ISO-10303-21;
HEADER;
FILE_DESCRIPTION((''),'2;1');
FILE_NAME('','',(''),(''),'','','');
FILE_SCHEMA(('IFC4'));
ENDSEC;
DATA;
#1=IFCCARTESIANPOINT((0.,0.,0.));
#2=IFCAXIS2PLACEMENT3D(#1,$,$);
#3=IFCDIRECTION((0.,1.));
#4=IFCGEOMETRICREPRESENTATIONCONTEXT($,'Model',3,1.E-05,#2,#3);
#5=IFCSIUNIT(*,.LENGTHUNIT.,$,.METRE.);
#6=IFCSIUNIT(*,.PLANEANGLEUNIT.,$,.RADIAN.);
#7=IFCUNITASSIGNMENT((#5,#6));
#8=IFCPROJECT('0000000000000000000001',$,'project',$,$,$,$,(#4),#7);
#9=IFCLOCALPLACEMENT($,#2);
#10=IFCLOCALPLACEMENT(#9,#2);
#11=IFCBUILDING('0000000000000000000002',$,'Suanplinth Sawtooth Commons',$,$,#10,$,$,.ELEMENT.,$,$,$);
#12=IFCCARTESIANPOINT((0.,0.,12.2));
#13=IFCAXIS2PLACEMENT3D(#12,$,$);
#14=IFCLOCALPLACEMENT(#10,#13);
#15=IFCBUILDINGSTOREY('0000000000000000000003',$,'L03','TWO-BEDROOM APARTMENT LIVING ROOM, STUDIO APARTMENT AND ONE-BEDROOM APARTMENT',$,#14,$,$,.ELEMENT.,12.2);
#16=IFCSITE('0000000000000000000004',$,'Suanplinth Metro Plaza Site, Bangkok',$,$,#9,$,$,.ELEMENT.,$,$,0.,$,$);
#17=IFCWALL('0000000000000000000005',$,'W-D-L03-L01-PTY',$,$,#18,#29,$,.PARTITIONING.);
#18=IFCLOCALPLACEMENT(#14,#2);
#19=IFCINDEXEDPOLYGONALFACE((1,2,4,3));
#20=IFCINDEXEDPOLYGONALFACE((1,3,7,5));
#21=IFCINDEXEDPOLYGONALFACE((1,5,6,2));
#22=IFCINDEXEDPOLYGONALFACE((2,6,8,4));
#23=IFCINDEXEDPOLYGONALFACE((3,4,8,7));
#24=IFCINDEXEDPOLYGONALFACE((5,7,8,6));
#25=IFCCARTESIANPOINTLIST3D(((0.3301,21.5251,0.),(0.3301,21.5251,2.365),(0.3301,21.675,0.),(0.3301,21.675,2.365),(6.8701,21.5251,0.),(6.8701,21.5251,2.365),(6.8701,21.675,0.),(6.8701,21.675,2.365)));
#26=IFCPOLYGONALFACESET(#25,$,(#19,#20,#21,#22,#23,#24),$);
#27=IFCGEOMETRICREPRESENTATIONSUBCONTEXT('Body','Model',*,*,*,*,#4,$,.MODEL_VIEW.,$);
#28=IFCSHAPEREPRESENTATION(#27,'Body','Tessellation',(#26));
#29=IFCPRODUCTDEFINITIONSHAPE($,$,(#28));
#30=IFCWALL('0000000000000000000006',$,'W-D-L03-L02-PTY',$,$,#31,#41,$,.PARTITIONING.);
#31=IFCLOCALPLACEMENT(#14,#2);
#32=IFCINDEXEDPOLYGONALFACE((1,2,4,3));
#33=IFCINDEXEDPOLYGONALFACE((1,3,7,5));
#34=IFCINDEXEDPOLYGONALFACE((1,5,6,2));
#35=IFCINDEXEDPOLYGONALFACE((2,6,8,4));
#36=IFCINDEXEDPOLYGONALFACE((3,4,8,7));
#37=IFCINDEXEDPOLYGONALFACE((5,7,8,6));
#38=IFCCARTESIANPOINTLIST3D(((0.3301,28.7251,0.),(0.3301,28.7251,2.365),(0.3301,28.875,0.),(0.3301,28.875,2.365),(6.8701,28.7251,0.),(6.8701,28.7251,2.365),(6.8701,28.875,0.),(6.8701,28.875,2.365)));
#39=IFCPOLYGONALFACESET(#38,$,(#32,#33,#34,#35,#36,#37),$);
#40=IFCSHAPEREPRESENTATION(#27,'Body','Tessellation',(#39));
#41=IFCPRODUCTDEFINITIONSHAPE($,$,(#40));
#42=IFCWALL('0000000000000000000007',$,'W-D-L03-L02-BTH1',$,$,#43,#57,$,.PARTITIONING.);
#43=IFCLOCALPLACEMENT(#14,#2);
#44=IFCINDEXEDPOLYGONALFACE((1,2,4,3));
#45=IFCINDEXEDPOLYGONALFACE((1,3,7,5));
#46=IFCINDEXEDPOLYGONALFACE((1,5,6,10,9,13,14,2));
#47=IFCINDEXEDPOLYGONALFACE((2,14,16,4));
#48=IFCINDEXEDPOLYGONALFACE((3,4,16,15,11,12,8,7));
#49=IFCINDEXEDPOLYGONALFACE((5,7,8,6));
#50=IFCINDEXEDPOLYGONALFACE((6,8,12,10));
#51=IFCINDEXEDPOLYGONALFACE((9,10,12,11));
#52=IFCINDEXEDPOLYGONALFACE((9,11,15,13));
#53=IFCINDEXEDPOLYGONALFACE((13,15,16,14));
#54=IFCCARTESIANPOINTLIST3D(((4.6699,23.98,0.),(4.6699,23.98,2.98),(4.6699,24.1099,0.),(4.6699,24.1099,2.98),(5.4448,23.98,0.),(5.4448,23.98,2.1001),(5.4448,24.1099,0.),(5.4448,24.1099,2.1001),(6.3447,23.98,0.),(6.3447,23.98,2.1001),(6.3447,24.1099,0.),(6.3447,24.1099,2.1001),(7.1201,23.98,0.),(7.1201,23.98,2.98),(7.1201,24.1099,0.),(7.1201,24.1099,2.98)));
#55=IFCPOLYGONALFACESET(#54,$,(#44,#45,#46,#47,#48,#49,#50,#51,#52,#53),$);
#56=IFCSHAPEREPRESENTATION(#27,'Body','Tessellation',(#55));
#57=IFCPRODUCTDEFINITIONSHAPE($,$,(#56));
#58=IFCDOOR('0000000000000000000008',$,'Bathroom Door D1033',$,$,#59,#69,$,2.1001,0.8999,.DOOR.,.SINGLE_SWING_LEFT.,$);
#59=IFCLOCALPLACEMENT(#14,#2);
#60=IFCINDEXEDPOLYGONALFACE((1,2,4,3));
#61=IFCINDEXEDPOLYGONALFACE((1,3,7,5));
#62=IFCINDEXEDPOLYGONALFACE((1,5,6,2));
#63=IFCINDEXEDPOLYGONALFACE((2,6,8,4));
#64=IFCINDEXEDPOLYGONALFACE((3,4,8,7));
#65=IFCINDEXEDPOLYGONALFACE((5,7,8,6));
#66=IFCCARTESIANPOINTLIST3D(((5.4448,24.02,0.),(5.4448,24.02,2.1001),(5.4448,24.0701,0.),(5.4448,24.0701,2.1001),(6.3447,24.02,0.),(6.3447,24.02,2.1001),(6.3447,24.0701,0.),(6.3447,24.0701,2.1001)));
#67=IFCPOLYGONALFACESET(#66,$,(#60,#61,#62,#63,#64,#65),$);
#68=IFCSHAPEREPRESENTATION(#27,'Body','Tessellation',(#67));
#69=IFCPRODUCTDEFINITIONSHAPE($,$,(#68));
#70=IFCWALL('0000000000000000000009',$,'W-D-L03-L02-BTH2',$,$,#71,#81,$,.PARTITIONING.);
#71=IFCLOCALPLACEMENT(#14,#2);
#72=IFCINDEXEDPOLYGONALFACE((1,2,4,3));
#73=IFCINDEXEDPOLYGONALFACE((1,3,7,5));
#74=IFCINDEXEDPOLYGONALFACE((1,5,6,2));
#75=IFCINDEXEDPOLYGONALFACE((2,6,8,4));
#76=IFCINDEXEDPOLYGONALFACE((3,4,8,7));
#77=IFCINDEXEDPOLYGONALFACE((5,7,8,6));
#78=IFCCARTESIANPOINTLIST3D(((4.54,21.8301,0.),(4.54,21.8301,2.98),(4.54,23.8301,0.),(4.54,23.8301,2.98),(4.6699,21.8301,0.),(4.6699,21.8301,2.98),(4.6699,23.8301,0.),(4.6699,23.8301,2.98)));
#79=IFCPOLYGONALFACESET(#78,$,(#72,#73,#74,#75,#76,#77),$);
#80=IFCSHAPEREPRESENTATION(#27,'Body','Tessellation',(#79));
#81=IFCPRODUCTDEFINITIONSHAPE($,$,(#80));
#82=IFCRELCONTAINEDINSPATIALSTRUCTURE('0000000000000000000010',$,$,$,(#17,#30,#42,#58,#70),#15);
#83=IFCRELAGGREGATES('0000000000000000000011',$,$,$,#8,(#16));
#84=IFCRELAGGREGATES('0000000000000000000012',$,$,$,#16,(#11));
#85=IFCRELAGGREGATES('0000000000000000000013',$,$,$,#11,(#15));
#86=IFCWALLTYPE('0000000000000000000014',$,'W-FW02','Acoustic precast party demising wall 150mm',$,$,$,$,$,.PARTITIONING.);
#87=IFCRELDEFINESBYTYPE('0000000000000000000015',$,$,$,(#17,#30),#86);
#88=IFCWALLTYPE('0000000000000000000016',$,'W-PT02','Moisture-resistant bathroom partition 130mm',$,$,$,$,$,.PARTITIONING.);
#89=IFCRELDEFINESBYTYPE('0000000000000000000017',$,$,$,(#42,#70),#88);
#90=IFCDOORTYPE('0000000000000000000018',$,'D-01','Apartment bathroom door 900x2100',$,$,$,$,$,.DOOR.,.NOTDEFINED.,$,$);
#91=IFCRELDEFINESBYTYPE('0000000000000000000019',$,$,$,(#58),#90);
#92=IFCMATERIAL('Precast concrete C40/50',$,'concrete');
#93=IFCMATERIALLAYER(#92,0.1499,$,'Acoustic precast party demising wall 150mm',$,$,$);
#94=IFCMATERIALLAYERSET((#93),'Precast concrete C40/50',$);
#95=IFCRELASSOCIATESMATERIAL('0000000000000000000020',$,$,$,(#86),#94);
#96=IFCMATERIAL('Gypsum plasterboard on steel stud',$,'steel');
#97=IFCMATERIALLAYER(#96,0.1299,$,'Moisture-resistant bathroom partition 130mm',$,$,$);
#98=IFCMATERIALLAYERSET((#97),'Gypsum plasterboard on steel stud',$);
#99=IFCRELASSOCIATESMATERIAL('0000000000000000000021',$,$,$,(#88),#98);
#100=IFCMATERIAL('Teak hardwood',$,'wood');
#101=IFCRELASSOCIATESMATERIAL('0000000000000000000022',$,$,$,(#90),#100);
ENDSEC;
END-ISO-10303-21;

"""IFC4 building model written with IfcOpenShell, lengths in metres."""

from ifc_helpers import new_model, si_unit, direction, frame, frame_2d, origin, place, context, subcontext, project, spatial, rectangle, extrude, material, layer, layer_set, type_object, element, fill, save


model = new_model("IFC4")

# Units and contexts
model_context = context("Model", 3, precision=1e-05, world=origin(), true_north=direction((0.0, 1.0)))
body_context = subcontext(model_context, "Body", "Model", "MODEL_VIEW")
ifc_project = project(units=[si_unit("LENGTHUNIT", "METRE"), si_unit("PLANEANGLEUNIT", "RADIAN")], contexts=[model_context])

# Site, building, storey
site_placement = place(None, origin())
site = spatial("IfcSite", under=ifc_project, at=site_placement, Name="Suanplinth Metro Plaza Site, Bangkok", CompositionType="ELEMENT", RefElevation=0.0)
building_placement = place(site_placement, origin())
building = spatial("IfcBuilding", under=site, at=building_placement, Name="Suanplinth Sawtooth Commons", CompositionType="ELEMENT")
storey_placement = place(building_placement, frame((0.0, 0.0, 12.2)))
storey = spatial("IfcBuildingStorey", under=building, at=storey_placement, Name="L03", Description="TWO-BEDROOM APARTMENT LIVING ROOM, STUDIO APARTMENT AND ONE-BEDROOM APARTMENT", CompositionType="ELEMENT", Elevation=12.2)

# Shared definitions
ifc_material_1 = material(Name="Precast concrete C40/50", Category="concrete")

# Walls
ifc_layer_1 = layer(ifc_material_1, 0.1499, Name="Acoustic precast party demising wall 150mm")
ifc_layer_set_1 = layer_set([ifc_layer_1], Name="Precast concrete C40/50")
wall_type_1 = type_object("IfcWallType", Name="W-FW02", Description="Acoustic precast party demising wall 150mm", PredefinedType="PARTITIONING", material=ifc_layer_set_1)
for number, where, z_axis, x_axis, name in (
    (1, (0.3301, 21.6001, 0.0), (0.0, 0.0, 1.0), (1.0, 0.0, 0.0), "W-D-L03-L01-PTY"),
    (2, (0.3301, 28.8, 0.0), (0.0, 0.0, 1.0), (1.0, 0.0, 0.0), "W-D-L03-L02-PTY"),
):
    element("IfcWall", number, at=place(storey_placement, frame(where, z_axis=z_axis, x_axis=x_axis)), inside=storey, type_object=wall_type_1, Name=name, PredefinedType="PARTITIONING", context=body_context, shape_type="SweptSolid", body=[
        extrude(rectangle(XDim=6.54, YDim=0.1499, at=frame_2d((3.27, 0.0))), origin(), (0.0, 0.0, 1.0), 2.365),
    ])

# Wall, opening, door
ifc_material_2 = material(Name="Gypsum plasterboard on steel stud", Category="steel")
ifc_layer_2 = layer(ifc_material_2, 0.1299, Name="Moisture-resistant bathroom partition 130mm")
ifc_layer_set_2 = layer_set([ifc_layer_2], Name="Gypsum plasterboard on steel stud")
wall_type_2 = type_object("IfcWallType", Name="W-PT02", Description="Moisture-resistant bathroom partition 130mm", PredefinedType="PARTITIONING", material=ifc_layer_set_2)
wall_1_placement = place(storey_placement, frame((4.6699, 24.0449, 0.0), z_axis=(0.0, 0.0, 1.0), x_axis=(1.0, 0.0, 0.0)))
wall_1 = element("IfcWall", 3, at=wall_1_placement, inside=storey, type_object=wall_type_2, Name="W-D-L03-L02-BTH1", PredefinedType="PARTITIONING", context=body_context, shape_type="SweptSolid", body=[
    extrude(rectangle(XDim=2.4502, YDim=0.1299, at=frame_2d((1.2251, 0.0))), origin(), (0.0, 0.0, 1.0), 2.98),
])
opening_1_placement = place(wall_1_placement, frame((0.7749, 0.0, 0.0)))
opening_1 = element("IfcOpeningElement", 4, at=opening_1_placement, cuts=wall_1, PredefinedType="OPENING", context=body_context, shape_type="SweptSolid", body=[
    extrude(rectangle(XDim=0.8999, YDim=2.1001, at=frame_2d((0.45, 1.05))), frame((0.0, 0.0798, 0.0), z_axis=(0.0, -1.0, 0.0), x_axis=(1.0, 0.0, 0.0)), (0.0, 0.0, 1.0), 0.1597),
])
ifc_material_3 = material(Name="Teak hardwood", Category="wood")
door_type_1 = type_object("IfcDoorType", Name="D-01", Description="Apartment bathroom door 900x2100", OperationType="NOTDEFINED", PredefinedType="DOOR", material=ifc_material_3)
door_1_placement = place(opening_1_placement, frame((0.8999, 0.0, 0.0), z_axis=(0.0, 0.0, 1.0), x_axis=(-1.0, 0.0, 0.0)))
door_1 = element("IfcDoor", 5, at=door_1_placement, inside=storey, type_object=door_type_1, Name="Bathroom Door D1033", OperationType="SINGLE_SWING_LEFT", OverallHeight=2.1001, OverallWidth=0.8999, PredefinedType="DOOR", context=body_context, shape_type="SweptSolid", body=[
    extrude(rectangle(XDim=0.8999, YDim=2.1001, at=frame_2d((0.45, 1.05))), frame((0.0, 0.0249, 0.0), z_axis=(0.0, -1.0, 0.0), x_axis=(1.0, 0.0, 0.0)), (0.0, 0.0, 1.0), 0.05),
])
fill(opening_1, door_1)

# Wall
wall_2_placement = place(storey_placement, frame((4.605, 21.8301, 0.0), z_axis=(0.0, 0.0, 1.0), x_axis=(0.0, 1.0, 0.0)))
element("IfcWall", 6, at=wall_2_placement, inside=storey, type_object=wall_type_2, Name="W-D-L03-L02-BTH2", PredefinedType="PARTITIONING", context=body_context, shape_type="SweptSolid", body=[
    extrude(rectangle(XDim=2.0, YDim=0.1299, at=frame_2d((1.0, 0.0))), origin(), (0.0, 0.0, 1.0), 2.98),
])

save(model, "model.ifc")
